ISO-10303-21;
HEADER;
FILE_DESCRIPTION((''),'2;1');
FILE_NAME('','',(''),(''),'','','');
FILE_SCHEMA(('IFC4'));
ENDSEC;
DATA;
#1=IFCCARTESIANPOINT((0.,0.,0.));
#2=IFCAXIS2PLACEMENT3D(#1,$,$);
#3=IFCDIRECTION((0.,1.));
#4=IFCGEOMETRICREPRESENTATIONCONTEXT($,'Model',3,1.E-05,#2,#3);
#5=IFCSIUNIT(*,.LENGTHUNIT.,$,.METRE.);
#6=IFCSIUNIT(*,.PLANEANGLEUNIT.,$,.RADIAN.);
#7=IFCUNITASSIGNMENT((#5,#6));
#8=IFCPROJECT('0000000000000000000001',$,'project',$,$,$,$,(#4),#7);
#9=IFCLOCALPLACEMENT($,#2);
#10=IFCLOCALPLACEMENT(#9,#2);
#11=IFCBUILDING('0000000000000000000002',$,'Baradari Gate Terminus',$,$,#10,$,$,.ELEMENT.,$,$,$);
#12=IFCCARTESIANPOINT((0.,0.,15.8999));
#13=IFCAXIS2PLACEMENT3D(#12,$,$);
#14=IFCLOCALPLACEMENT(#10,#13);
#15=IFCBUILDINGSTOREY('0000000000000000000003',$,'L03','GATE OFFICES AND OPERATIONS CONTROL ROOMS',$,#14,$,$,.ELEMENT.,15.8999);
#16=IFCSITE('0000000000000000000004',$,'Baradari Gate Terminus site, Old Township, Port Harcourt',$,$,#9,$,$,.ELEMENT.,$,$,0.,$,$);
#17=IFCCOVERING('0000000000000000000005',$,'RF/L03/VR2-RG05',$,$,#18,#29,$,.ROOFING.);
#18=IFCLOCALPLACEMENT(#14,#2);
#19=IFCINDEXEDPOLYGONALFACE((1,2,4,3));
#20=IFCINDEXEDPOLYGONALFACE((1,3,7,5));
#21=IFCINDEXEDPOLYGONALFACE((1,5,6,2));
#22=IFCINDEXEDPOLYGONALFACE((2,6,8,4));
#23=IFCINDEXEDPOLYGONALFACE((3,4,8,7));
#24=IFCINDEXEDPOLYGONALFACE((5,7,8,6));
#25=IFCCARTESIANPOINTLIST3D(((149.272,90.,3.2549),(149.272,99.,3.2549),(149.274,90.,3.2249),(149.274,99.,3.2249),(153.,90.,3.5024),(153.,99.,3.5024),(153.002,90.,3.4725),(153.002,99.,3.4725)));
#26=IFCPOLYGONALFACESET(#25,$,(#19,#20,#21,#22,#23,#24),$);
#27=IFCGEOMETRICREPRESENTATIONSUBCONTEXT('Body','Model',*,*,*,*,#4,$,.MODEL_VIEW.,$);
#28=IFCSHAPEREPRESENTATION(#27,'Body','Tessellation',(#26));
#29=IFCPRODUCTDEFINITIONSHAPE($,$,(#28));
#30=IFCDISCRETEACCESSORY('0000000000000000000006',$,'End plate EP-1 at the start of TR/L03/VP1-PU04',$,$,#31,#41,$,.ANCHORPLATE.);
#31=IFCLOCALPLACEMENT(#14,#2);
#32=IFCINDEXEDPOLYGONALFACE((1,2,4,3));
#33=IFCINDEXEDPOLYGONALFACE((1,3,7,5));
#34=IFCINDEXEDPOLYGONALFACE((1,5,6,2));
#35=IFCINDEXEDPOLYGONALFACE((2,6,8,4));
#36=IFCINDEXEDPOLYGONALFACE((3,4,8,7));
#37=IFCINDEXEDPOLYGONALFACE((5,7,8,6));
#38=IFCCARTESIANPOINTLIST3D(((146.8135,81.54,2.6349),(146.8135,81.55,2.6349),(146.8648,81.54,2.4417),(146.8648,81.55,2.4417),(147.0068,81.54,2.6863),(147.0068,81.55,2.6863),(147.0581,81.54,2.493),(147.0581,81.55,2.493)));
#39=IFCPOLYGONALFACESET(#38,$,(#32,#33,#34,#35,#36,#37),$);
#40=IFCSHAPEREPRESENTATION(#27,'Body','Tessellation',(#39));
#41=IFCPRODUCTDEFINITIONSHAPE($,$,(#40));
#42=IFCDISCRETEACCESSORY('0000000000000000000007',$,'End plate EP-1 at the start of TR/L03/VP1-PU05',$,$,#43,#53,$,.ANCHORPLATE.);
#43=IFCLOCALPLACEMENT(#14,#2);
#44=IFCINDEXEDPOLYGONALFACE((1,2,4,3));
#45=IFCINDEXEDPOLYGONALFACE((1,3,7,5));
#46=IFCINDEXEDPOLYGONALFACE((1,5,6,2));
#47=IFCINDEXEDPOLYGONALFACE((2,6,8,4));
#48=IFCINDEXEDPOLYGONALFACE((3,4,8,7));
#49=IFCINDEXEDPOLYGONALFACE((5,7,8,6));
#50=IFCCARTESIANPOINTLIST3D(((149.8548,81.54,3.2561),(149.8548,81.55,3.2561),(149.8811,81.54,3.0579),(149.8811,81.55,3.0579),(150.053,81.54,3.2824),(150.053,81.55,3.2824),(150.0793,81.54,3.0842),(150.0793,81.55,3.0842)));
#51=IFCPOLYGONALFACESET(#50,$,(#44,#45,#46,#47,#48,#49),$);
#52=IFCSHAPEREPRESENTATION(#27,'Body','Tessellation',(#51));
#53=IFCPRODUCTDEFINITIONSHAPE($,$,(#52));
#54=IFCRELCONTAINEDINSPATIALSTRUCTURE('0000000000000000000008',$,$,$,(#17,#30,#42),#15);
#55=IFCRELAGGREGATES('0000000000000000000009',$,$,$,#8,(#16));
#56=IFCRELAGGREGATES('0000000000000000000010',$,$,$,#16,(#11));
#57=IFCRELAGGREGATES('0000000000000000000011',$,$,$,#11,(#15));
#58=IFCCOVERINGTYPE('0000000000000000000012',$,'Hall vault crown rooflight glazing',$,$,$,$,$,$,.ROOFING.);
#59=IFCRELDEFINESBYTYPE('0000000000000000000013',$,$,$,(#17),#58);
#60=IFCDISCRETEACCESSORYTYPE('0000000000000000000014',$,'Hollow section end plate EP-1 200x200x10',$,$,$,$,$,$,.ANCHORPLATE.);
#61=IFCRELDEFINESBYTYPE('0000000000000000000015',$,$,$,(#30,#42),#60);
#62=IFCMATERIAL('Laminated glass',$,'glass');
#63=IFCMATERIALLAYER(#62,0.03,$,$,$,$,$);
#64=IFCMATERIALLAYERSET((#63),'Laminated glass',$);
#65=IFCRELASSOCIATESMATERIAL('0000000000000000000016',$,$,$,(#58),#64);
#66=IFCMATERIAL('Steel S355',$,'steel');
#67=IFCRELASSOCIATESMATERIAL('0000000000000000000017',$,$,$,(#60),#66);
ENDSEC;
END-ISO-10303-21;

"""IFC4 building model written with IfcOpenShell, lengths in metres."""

from ifc_helpers import new_model, si_unit, direction, frame, origin, origin_2d, place, context, subcontext, project, spatial, polyline, rectangle, outline, extrude, material, layer, layer_set, type_object, element, save


model = new_model("IFC4")

# Units and contexts
model_context = context("Model", 3, precision=1e-05, world=origin(), true_north=direction((0.0, 1.0)))
body_context = subcontext(model_context, "Body", "Model", "MODEL_VIEW")
ifc_project = project(units=[si_unit("LENGTHUNIT", "METRE"), si_unit("PLANEANGLEUNIT", "RADIAN")], contexts=[model_context])

# Site, building, storey
site_placement = place(None, origin())
site = spatial("IfcSite", under=ifc_project, at=site_placement, Name="Baradari Gate Terminus site, Old Township, Port Harcourt", CompositionType="ELEMENT", RefElevation=0.0)
building_placement = place(site_placement, origin())
building = spatial("IfcBuilding", under=site, at=building_placement, Name="Baradari Gate Terminus", CompositionType="ELEMENT")
storey_placement = place(building_placement, frame((0.0, 0.0, 15.8999)))
storey = spatial("IfcBuildingStorey", under=building, at=storey_placement, Name="L03", Description="GATE OFFICES AND OPERATIONS CONTROL ROOMS", CompositionType="ELEMENT", Elevation=15.8999)

# Covering
ifc_material_1 = material(Name="Laminated glass", Category="glass")
ifc_layer_1 = layer(ifc_material_1, 0.03)
ifc_layer_set_1 = layer_set([ifc_layer_1], Name="Laminated glass")
covering_type_1 = type_object("IfcCoveringType", Name="Hall vault crown rooflight glazing", PredefinedType="ROOFING", material=ifc_layer_set_1)
covering_1_placement = place(storey_placement, frame((149.272, 90.0, 3.2549), z_axis=(-0.066259, 0.0, 0.997802), x_axis=(0.0, 1.0, 0.0)))
element("IfcCovering", 1, at=covering_1_placement, inside=storey, type_object=covering_type_1, Name="RF/L03/VR2-RG05", PredefinedType="ROOFING", context=body_context, shape_type="SweptSolid", body=[
    extrude(outline(polyline([(0.0, 0.0), (9.0, 0.0), (9.0, -3.7362), (0.0, -3.7362), (0.0, 0.0)])), origin(), (0.0, 0.0, -1.0), 0.03),
])

# Discrete accessories
ifc_material_2 = material(Name="Steel S355", Category="steel")
discrete_accessory_type = type_object("IfcDiscreteAccessoryType", Name="Hollow section end plate EP-1 200x200x10", PredefinedType="ANCHORPLATE", material=ifc_material_2)
for number, where, z_axis, x_axis, name in (
    (2, (146.9358, 81.54, 2.564), (0.0, 1.0, 0.0), (-0.9665, 0.0, -0.256668), "End plate EP-1 at the start of TR/L03/VP1-PU04"),
    (3, (149.967, 81.54, 3.1702), (0.0, 1.0, 0.0), (-0.991303, 0.0, -0.131599), "End plate EP-1 at the start of TR/L03/VP1-PU05"),
):
    element("IfcDiscreteAccessory", number, at=place(storey_placement, frame(where, z_axis=z_axis, x_axis=x_axis)), inside=storey, type_object=discrete_accessory_type, Name=name, PredefinedType="ANCHORPLATE", context=body_context, shape_type="SweptSolid", body=[
        extrude(rectangle(XDim=0.2, YDim=0.2, at=origin_2d()), origin(), (0.0, 0.0, 1.0), 0.01),
    ])

save(model, "model.ifc")
